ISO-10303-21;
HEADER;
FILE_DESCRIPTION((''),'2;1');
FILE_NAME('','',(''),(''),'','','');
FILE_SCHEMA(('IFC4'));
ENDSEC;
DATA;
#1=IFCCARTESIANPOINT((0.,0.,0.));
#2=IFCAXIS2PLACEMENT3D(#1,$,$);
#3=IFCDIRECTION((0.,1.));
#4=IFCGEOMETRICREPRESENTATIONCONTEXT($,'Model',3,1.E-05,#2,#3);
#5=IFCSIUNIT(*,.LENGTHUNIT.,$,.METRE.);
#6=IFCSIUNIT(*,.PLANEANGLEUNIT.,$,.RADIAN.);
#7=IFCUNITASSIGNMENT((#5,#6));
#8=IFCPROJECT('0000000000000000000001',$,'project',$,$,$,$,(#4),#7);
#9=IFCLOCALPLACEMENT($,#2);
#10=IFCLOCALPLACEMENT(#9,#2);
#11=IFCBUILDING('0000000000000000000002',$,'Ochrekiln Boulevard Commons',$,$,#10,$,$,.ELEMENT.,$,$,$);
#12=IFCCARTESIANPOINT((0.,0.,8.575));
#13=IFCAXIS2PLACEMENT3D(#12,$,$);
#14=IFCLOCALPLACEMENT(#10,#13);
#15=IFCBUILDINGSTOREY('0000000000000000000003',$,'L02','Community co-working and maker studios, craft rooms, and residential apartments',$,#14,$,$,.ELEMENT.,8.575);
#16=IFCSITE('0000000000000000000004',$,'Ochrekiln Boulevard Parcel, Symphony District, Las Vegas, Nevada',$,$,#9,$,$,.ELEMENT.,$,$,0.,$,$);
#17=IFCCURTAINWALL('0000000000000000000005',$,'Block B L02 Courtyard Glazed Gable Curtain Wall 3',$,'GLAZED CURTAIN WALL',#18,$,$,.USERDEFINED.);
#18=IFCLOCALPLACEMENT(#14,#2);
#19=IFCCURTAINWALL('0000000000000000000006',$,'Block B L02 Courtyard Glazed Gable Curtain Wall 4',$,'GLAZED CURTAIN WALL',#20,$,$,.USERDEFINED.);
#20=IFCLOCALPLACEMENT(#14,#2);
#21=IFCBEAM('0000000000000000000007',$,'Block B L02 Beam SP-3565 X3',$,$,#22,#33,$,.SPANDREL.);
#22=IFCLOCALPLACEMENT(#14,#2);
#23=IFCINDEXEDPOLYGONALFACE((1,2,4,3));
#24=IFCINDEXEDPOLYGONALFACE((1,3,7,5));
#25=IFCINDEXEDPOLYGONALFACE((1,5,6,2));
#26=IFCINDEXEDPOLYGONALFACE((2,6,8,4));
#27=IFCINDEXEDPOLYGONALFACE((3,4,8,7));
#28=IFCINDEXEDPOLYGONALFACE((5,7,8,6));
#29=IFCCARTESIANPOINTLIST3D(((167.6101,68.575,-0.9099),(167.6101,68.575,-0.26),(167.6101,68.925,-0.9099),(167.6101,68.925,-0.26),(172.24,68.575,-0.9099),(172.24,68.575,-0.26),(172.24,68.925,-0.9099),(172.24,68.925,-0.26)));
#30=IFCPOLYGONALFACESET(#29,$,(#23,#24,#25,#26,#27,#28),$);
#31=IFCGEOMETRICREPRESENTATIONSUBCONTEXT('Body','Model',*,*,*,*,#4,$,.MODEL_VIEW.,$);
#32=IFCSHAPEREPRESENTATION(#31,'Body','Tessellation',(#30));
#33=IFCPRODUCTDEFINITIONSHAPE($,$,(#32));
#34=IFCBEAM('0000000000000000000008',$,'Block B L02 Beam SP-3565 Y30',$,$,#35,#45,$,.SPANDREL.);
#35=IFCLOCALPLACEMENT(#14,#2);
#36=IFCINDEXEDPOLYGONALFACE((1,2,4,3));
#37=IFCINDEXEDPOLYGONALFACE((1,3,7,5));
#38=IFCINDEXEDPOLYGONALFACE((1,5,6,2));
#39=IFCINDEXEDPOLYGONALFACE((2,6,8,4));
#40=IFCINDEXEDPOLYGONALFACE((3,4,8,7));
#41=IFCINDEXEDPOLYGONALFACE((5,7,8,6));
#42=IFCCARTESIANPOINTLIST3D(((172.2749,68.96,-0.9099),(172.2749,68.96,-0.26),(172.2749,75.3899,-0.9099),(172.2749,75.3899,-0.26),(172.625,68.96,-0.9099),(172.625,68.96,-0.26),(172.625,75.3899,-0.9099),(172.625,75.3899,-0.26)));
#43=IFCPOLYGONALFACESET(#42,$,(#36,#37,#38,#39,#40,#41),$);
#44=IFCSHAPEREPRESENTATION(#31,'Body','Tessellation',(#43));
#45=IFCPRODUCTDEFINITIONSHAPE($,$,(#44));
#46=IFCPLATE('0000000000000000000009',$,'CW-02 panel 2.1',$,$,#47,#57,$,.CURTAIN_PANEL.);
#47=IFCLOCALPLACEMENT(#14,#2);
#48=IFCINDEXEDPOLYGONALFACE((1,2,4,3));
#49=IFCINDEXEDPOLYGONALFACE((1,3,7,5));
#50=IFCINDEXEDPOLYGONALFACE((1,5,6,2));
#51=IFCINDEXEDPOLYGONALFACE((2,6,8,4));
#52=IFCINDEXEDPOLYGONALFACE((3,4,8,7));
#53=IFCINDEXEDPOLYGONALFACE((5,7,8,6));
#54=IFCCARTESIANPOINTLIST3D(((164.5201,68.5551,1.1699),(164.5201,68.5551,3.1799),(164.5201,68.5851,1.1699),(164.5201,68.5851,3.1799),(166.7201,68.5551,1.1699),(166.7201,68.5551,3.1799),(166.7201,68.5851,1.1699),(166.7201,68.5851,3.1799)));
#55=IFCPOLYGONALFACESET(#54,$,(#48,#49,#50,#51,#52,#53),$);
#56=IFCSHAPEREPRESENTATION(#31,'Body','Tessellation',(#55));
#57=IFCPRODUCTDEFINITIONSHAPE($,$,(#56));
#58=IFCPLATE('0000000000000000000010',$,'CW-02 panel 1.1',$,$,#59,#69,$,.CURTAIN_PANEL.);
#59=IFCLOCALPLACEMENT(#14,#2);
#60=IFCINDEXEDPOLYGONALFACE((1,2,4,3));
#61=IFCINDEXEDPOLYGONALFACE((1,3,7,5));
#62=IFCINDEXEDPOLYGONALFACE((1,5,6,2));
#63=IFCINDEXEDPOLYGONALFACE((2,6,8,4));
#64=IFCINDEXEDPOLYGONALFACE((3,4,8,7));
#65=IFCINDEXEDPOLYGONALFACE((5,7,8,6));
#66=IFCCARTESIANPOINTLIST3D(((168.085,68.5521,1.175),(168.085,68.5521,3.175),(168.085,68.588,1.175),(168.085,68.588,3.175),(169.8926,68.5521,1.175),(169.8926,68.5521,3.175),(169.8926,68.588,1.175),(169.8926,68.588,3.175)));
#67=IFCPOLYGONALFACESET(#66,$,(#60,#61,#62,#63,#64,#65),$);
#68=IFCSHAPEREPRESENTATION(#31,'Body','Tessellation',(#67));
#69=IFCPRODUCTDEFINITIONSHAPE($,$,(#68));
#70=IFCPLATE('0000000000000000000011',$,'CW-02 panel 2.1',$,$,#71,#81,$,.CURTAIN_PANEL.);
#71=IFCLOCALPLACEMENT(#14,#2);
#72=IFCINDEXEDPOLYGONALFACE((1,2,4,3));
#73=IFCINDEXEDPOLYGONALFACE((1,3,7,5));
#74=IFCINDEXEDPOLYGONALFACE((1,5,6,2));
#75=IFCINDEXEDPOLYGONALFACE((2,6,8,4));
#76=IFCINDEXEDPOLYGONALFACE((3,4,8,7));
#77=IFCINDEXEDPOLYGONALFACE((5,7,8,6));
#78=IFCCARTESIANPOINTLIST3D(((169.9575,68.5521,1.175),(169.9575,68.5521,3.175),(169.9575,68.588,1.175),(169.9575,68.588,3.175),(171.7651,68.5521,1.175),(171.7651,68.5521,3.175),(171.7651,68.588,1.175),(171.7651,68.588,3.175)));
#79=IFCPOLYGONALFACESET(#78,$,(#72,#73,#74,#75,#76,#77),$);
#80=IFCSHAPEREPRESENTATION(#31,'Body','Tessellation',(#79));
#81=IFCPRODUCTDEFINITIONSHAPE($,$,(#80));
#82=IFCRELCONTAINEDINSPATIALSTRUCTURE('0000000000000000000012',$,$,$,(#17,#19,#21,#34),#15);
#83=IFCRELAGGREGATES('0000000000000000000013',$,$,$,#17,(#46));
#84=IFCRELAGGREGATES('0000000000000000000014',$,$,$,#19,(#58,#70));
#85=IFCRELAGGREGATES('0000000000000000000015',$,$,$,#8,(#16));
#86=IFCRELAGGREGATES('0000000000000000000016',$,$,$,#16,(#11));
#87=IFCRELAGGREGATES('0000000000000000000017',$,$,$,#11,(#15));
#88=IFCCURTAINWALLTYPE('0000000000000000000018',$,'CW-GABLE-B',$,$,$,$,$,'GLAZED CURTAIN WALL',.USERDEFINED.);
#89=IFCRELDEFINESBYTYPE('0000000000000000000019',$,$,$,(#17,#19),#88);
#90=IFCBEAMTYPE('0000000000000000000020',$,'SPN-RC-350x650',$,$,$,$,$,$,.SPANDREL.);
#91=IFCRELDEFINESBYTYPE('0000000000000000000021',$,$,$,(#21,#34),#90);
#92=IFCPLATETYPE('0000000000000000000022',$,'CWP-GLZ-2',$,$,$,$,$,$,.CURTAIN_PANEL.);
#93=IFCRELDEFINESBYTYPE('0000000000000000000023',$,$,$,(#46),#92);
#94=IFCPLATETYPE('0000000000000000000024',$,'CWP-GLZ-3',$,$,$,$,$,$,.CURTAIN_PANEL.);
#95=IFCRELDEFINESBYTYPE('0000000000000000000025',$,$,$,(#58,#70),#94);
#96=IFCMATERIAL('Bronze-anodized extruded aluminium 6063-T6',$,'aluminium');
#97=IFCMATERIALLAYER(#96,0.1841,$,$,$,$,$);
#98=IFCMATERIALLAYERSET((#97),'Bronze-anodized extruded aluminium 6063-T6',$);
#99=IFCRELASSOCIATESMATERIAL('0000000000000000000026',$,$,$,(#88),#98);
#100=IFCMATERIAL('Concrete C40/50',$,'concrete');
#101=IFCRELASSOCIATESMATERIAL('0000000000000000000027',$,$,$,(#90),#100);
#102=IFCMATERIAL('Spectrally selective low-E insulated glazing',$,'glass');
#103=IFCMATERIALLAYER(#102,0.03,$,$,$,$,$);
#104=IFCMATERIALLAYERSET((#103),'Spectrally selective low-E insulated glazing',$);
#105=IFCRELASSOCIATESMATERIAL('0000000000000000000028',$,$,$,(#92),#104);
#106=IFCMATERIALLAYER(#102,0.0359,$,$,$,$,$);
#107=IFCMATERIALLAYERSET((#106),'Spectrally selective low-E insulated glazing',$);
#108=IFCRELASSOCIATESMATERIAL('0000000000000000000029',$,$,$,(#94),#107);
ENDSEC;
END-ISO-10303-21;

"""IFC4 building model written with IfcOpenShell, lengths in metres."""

from ifc_helpers import new_model, si_unit, direction, frame, origin, origin_2d, place, context, subcontext, project, spatial, rectangle, extrude, material, layer, layer_set, material_profile, profile_set, type_object, element, aggregate, save


model = new_model("IFC4")

# Units and contexts
model_context = context("Model", 3, precision=1e-05, world=origin(), true_north=direction((0.0, 1.0)))
body_context = subcontext(model_context, "Body", "Model", "MODEL_VIEW")
ifc_project = project(units=[si_unit("LENGTHUNIT", "METRE"), si_unit("PLANEANGLEUNIT", "RADIAN")], contexts=[model_context])

# Site, building, storey
site_placement = place(None, origin())
site = spatial("IfcSite", under=ifc_project, at=site_placement, Name="Ochrekiln Boulevard Parcel, Symphony District, Las Vegas, Nevada", CompositionType="ELEMENT", RefElevation=0.0)
building_placement = place(site_placement, origin())
building = spatial("IfcBuilding", under=site, at=building_placement, Name="Ochrekiln Boulevard Commons", CompositionType="ELEMENT")
storey_placement = place(building_placement, frame((0.0, 0.0, 8.575)))
storey = spatial("IfcBuildingStorey", under=building, at=storey_placement, Name="L02", Description="Community co-working and maker studios, craft rooms, and residential apartments", CompositionType="ELEMENT", Elevation=8.575)

# Shared definitions
ifc_material_1 = material(Name="Concrete C40/50", Category="concrete")

# Curtain walls
ifc_material_2 = material(Name="Bronze-anodized extruded aluminium 6063-T6", Category="aluminium")
ifc_layer_1 = layer(ifc_material_2, 0.1841)
ifc_layer_set_1 = layer_set([ifc_layer_1], Name="Bronze-anodized extruded aluminium 6063-T6")
curtain_wall_type = type_object("IfcCurtainWallType", Name="CW-GABLE-B", ElementType="GLAZED CURTAIN WALL", PredefinedType="USERDEFINED", material=ifc_layer_set_1)
curtain_wall_1_placement = place(storey_placement, origin())
curtain_wall_1 = element("IfcCurtainWall", 1, at=curtain_wall_1_placement, inside=storey, type_object=curtain_wall_type, Name="Block B L02 Courtyard Glazed Gable Curtain Wall 3", ObjectType="GLAZED CURTAIN WALL", PredefinedType="USERDEFINED")
curtain_wall_2_placement = place(storey_placement, origin())
curtain_wall_2 = element("IfcCurtainWall", 2, at=curtain_wall_2_placement, inside=storey, type_object=curtain_wall_type, Name="Block B L02 Courtyard Glazed Gable Curtain Wall 4", ObjectType="GLAZED CURTAIN WALL", PredefinedType="USERDEFINED")

# Beams
ifc_material_profile_1 = material_profile(ifc_material_1, rectangle(XDim=0.3501, YDim=0.6499, at=origin_2d()), Name="RC-SPN-350x650")
ifc_profile_set_1 = profile_set([ifc_material_profile_1], Name="Concrete C40/50")
beam_type = type_object("IfcBeamType", Name="SPN-RC-350x650", PredefinedType="SPANDREL", material=ifc_profile_set_1)
beam_1_placement = place(storey_placement, frame((167.6101, 68.75, -0.585), z_axis=(1.0, 0.0, 0.0), x_axis=(0.0, 1.0, 0.0)))
element("IfcBeam", 3, at=beam_1_placement, inside=storey, type_object=beam_type, Name="Block B L02 Beam SP-3565 X3", PredefinedType="SPANDREL", context=body_context, shape_type="SweptSolid", body=[
    extrude(rectangle(XDim=0.3501, YDim=0.6499, at=origin_2d()), origin(), (0.0, 0.0, 1.0), 4.6299),
])
beam_2_placement = place(storey_placement, frame((172.45, 68.96, -0.585), z_axis=(0.0, 1.0, 0.0), x_axis=(-1.0, 0.0, 0.0)))
element("IfcBeam", 4, at=beam_2_placement, inside=storey, type_object=beam_type, Name="Block B L02 Beam SP-3565 Y30", PredefinedType="SPANDREL", context=body_context, shape_type="SweptSolid", body=[
    extrude(rectangle(XDim=0.3501, YDim=0.6499, at=origin_2d()), origin(), (0.0, 0.0, 1.0), 6.4299),
])

# Plates
ifc_material_3 = material(Name="Spectrally selective low-E insulated glazing", Category="glass")
ifc_layer_2 = layer(ifc_material_3, 0.03)
ifc_layer_set_2 = layer_set([ifc_layer_2], Name="Spectrally selective low-E insulated glazing")
plate_type_1 = type_object("IfcPlateType", Name="CWP-GLZ-2", PredefinedType="CURTAIN_PANEL", material=ifc_layer_set_2)
plate_1_placement = place(storey_placement, frame((165.6201, 68.5701, 1.1699), z_axis=(0.0, 0.0, 1.0), x_axis=(1.0, 0.0, 0.0)))
plate_1 = element("IfcPlate", 5, at=plate_1_placement, type_object=plate_type_1, Name="CW-02 panel 2.1", PredefinedType="CURTAIN_PANEL", context=body_context, shape_type="SweptSolid", body=[
    extrude(rectangle(XDim=2.2, YDim=0.03, at=origin_2d()), origin(), (0.0, 0.0, 1.0), 2.01),
])
aggregate(curtain_wall_1, [plate_1])
ifc_layer_3 = layer(ifc_material_3, 0.0359)
ifc_layer_set_3 = layer_set([ifc_layer_3], Name="Spectrally selective low-E insulated glazing")
plate_type_2 = type_object("IfcPlateType", Name="CWP-GLZ-3", PredefinedType="CURTAIN_PANEL", material=ifc_layer_set_3)
plate_2_placement = place(storey_placement, frame((168.9888, 68.5701, 1.175), z_axis=(0.0, 0.0, 1.0), x_axis=(1.0, 0.0, 0.0)))
plate_2 = element("IfcPlate", 6, at=plate_2_placement, type_object=plate_type_2, Name="CW-02 panel 1.1", PredefinedType="CURTAIN_PANEL", context=body_context, shape_type="SweptSolid", body=[
    extrude(rectangle(XDim=1.8076, YDim=0.0359, at=origin_2d()), origin(), (0.0, 0.0, 1.0), 2.0),
])
plate_3_placement = place(storey_placement, frame((170.8613, 68.5701, 1.175), z_axis=(0.0, 0.0, 1.0), x_axis=(1.0, 0.0, 0.0)))
plate_3 = element("IfcPlate", 7, at=plate_3_placement, type_object=plate_type_2, Name="CW-02 panel 2.1", PredefinedType="CURTAIN_PANEL", context=body_context, shape_type="SweptSolid", body=[
    extrude(rectangle(XDim=1.8076, YDim=0.0359, at=origin_2d()), origin(), (0.0, 0.0, 1.0), 2.0),
])
aggregate(curtain_wall_2, [plate_2, plate_3])

save(model, "model.ifc")
